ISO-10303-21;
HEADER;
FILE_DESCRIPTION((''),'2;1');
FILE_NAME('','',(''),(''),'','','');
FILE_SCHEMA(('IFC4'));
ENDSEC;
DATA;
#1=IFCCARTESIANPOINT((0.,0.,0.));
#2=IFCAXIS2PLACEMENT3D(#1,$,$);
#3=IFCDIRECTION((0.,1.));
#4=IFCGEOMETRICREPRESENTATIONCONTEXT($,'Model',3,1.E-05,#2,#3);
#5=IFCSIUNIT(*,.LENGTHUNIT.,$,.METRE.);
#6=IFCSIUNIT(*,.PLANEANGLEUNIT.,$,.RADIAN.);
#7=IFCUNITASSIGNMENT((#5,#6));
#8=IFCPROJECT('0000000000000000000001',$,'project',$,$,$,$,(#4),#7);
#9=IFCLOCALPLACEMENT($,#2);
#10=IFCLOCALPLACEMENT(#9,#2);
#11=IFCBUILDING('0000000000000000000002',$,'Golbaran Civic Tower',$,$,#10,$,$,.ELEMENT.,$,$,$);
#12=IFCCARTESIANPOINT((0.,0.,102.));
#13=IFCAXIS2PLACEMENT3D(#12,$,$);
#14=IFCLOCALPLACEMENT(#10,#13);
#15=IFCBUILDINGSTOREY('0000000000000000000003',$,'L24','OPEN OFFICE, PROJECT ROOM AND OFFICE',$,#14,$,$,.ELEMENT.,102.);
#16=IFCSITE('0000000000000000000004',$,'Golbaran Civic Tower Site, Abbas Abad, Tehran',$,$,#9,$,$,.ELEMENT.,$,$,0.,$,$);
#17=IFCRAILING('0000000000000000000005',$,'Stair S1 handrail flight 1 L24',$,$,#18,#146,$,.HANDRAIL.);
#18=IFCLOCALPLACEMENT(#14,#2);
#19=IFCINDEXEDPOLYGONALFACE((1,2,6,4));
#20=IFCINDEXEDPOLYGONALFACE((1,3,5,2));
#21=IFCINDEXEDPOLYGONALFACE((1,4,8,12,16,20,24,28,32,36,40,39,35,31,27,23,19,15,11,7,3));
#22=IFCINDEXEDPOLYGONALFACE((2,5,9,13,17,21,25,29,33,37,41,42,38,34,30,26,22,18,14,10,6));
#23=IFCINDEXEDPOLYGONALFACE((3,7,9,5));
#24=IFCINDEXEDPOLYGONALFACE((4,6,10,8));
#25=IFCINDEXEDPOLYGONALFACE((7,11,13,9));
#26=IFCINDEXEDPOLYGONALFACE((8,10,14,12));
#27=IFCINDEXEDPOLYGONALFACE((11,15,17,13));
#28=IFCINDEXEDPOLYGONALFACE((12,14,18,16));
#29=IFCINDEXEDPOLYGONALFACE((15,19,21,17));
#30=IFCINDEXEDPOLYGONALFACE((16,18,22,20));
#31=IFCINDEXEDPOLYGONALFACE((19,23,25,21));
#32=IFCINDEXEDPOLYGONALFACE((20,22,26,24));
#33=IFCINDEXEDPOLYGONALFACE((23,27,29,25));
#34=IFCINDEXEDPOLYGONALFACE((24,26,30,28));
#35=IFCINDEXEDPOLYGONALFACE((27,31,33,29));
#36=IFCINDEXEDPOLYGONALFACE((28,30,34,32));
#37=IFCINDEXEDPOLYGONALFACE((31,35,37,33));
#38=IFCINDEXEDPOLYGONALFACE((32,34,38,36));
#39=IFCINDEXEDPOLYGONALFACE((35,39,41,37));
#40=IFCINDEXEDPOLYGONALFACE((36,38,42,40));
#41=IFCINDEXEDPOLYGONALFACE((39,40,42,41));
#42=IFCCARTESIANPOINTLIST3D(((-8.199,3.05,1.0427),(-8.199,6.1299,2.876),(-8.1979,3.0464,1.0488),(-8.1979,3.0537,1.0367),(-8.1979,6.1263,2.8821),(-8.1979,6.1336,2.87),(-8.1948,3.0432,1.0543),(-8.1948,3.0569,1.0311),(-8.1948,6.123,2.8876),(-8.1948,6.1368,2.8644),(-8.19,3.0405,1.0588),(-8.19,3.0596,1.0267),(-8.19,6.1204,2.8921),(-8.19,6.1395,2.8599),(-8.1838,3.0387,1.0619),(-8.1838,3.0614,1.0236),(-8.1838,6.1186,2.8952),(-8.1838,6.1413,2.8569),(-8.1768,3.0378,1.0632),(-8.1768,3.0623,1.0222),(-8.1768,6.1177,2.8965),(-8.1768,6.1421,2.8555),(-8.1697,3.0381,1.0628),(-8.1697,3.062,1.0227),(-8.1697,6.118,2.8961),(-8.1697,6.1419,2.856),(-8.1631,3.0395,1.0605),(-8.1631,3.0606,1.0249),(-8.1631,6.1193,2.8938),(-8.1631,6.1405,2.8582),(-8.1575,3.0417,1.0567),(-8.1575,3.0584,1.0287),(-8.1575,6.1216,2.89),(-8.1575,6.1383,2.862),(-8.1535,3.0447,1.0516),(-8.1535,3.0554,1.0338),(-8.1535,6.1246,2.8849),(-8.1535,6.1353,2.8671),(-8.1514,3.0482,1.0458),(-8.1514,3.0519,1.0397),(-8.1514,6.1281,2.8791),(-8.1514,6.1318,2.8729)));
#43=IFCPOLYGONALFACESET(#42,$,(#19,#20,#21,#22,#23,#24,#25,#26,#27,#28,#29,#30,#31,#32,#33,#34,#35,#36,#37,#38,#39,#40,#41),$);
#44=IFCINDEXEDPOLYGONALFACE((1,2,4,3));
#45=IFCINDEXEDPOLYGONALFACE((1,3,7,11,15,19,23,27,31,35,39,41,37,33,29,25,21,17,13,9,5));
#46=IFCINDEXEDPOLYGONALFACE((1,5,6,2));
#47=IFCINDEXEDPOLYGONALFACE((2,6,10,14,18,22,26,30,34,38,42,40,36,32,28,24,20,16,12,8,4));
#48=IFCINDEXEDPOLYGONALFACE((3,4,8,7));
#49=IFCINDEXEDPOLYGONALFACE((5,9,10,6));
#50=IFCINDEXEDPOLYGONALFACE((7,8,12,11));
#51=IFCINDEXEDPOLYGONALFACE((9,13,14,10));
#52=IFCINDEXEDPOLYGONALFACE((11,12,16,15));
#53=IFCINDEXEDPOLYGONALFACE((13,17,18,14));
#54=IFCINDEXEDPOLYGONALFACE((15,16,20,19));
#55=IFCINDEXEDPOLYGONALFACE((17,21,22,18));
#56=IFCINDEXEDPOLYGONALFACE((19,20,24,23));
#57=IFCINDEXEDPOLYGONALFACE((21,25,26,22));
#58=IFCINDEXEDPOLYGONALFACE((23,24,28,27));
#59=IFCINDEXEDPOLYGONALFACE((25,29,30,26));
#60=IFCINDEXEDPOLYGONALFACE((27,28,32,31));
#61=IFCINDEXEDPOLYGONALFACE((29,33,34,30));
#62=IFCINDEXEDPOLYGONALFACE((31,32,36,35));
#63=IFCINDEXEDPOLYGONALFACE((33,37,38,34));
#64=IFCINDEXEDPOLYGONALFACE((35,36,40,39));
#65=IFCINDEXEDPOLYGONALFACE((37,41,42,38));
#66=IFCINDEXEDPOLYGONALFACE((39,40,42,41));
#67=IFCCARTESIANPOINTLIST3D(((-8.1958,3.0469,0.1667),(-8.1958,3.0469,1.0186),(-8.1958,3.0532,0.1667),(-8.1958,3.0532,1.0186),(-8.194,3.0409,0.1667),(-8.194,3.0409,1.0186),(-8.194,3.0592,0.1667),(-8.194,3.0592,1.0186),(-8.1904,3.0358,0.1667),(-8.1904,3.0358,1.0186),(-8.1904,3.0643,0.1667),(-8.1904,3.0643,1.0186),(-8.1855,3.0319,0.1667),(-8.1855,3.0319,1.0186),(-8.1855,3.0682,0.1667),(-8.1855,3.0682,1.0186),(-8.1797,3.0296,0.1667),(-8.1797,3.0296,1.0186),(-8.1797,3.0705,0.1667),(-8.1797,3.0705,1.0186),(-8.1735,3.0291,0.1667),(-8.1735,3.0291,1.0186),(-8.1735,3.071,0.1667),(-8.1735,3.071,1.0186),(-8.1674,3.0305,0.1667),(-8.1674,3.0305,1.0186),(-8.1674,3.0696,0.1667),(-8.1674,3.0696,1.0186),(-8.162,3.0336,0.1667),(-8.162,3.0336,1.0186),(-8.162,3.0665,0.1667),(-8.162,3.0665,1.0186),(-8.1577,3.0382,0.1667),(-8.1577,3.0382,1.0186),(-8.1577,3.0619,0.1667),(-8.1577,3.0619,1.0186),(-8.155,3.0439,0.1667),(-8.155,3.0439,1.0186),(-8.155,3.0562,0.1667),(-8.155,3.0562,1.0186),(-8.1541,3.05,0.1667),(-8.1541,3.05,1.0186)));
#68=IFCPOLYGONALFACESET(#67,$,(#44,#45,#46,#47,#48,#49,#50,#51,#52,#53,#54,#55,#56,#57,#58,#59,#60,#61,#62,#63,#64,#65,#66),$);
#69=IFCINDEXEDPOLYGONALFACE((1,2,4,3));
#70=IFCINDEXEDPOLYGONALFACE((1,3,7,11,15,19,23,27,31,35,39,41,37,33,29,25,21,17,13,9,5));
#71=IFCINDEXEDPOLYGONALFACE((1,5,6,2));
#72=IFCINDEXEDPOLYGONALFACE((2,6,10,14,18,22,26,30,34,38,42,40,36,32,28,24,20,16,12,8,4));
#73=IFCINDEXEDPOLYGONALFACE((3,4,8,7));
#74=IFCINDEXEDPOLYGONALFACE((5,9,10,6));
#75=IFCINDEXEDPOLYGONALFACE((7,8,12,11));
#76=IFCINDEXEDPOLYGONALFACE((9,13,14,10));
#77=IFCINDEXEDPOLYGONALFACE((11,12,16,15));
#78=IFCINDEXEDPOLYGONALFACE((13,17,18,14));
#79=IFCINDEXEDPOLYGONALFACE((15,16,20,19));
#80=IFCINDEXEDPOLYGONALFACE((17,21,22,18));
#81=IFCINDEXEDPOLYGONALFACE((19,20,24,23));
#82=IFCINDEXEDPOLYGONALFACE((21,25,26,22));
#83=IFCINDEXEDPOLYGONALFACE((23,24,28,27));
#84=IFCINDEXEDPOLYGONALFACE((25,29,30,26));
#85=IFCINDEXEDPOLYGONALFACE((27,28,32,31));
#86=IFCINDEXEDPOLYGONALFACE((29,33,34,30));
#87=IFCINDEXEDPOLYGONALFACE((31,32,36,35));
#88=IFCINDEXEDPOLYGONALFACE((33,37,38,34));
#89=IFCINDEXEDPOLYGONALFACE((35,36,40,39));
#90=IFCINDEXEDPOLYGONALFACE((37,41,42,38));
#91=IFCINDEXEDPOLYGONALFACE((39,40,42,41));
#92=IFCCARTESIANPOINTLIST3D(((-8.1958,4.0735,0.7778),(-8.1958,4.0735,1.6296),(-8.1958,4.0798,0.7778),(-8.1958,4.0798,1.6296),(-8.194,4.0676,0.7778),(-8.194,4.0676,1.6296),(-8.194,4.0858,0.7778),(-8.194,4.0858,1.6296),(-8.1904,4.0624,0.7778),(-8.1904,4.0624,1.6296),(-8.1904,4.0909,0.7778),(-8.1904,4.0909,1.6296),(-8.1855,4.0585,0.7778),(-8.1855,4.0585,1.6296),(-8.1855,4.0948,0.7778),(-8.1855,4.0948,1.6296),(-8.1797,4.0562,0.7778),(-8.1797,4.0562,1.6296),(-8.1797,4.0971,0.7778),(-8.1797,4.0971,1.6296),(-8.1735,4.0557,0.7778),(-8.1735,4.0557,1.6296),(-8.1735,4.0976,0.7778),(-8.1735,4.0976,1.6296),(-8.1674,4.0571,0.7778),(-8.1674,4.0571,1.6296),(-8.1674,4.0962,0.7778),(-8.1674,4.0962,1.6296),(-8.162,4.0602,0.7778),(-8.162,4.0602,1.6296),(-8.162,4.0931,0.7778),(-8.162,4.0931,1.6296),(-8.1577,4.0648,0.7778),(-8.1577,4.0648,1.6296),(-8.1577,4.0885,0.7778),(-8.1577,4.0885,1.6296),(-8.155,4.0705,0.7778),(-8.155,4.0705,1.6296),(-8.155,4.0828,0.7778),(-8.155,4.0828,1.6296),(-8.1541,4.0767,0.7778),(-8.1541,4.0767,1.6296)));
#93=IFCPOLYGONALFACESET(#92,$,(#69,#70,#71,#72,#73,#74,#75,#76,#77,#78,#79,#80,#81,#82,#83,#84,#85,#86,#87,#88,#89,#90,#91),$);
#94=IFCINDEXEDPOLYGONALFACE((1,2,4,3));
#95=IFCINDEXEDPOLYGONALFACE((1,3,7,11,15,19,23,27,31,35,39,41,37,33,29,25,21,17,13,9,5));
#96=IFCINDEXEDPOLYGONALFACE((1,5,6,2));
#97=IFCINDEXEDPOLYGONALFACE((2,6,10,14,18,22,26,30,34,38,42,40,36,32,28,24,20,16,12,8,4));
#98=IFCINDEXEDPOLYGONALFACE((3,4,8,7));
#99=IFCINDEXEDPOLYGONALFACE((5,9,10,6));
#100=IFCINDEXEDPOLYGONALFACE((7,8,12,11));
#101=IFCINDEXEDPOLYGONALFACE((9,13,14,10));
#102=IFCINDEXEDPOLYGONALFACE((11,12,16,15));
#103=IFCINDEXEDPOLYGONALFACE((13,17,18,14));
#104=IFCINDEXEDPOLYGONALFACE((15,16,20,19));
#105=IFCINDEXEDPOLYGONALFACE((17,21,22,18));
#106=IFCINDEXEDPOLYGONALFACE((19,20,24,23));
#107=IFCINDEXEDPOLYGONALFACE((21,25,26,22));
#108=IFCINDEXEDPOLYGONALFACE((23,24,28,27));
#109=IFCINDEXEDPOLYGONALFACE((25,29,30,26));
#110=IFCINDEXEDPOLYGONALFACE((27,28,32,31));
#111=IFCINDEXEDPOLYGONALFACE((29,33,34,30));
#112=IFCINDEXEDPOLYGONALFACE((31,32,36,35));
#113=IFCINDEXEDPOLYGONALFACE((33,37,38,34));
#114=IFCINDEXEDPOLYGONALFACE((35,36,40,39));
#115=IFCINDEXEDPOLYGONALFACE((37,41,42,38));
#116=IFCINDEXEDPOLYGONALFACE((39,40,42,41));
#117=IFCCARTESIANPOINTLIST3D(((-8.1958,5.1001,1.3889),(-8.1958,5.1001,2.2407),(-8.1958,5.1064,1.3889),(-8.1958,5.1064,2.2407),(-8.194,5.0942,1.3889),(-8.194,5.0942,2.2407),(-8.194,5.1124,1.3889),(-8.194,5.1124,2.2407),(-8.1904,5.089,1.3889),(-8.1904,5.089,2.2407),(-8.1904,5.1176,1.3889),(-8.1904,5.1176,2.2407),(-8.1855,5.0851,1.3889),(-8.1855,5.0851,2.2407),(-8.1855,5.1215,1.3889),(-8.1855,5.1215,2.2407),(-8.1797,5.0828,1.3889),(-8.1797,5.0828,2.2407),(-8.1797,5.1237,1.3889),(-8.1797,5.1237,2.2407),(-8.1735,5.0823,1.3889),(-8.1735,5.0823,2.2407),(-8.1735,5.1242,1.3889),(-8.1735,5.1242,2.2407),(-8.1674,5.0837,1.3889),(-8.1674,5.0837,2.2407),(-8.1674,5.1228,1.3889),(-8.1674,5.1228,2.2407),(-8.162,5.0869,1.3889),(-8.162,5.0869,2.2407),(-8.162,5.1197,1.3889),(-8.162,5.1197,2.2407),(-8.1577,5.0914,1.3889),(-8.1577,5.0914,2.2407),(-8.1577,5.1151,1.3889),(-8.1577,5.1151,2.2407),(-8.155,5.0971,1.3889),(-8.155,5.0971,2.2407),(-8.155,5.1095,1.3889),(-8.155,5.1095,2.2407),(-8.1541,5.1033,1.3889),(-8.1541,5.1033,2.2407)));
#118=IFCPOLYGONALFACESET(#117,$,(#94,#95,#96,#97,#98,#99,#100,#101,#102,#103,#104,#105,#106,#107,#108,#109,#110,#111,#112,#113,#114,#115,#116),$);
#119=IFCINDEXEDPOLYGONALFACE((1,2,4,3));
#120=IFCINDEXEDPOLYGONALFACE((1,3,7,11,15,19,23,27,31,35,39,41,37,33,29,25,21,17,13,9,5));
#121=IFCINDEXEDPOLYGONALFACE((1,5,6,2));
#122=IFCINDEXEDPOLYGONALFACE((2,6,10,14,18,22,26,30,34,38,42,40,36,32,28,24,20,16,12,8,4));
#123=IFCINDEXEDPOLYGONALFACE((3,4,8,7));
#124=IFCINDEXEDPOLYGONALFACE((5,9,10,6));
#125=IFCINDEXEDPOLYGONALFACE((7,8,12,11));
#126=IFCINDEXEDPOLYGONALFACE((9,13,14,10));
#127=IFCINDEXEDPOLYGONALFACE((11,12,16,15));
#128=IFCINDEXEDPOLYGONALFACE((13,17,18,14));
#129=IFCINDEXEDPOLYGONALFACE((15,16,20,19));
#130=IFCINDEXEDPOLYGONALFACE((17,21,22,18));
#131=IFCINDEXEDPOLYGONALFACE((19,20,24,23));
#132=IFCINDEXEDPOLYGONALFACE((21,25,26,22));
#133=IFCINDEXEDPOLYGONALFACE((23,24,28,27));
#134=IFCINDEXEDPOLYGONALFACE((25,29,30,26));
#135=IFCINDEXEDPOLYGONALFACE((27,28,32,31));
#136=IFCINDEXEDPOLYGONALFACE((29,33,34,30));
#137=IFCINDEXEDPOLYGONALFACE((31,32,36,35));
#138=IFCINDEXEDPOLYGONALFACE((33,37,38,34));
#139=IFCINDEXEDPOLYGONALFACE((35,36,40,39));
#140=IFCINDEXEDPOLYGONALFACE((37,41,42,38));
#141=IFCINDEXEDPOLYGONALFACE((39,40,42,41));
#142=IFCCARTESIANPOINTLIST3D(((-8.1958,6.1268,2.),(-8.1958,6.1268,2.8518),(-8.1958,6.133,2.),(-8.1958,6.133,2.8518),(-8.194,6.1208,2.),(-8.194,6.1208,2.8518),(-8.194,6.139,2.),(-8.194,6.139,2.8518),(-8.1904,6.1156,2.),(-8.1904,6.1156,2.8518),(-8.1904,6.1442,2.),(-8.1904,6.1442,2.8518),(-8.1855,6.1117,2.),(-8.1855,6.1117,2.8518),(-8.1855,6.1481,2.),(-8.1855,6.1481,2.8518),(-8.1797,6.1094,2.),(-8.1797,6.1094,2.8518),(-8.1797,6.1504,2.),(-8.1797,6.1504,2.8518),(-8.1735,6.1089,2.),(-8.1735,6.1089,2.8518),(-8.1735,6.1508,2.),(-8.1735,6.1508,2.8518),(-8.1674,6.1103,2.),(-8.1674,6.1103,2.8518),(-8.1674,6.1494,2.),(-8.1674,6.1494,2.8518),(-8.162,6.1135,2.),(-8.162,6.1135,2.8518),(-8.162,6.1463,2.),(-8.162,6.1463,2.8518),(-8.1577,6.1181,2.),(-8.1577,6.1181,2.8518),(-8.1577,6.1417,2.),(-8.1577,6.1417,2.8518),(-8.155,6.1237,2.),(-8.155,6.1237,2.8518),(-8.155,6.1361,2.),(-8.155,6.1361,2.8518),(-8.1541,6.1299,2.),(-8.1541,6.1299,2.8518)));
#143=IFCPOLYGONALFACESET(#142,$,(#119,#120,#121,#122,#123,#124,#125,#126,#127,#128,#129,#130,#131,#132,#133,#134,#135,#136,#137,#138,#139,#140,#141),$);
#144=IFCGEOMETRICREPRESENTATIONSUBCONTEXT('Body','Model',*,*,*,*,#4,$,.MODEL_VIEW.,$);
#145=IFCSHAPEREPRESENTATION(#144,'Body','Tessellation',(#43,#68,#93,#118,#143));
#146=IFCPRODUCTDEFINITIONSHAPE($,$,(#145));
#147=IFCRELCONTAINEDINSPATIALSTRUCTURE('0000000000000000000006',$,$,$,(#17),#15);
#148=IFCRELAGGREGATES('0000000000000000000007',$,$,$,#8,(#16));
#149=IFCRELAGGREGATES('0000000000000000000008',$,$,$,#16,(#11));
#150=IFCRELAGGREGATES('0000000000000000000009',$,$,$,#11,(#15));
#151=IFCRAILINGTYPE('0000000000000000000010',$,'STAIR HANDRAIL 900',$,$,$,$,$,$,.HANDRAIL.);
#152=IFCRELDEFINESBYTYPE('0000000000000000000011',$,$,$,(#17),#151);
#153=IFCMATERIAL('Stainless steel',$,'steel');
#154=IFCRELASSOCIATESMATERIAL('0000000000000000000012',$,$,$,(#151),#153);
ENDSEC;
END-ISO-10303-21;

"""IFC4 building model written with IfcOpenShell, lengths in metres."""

from ifc_helpers import new_model, si_unit, direction, frame, origin, origin_2d, place, context, subcontext, project, spatial, circle, extrude, material, type_object, element, save


model = new_model("IFC4")

# Units and contexts
model_context = context("Model", 3, precision=1e-05, world=origin(), true_north=direction((0.0, 1.0)))
body_context = subcontext(model_context, "Body", "Model", "MODEL_VIEW")
ifc_project = project(units=[si_unit("LENGTHUNIT", "METRE"), si_unit("PLANEANGLEUNIT", "RADIAN")], contexts=[model_context])

# Site, building, storey
site_placement = place(None, origin())
site = spatial("IfcSite", under=ifc_project, at=site_placement, Name="Golbaran Civic Tower Site, Abbas Abad, Tehran", CompositionType="ELEMENT", RefElevation=0.0)
building_placement = place(site_placement, origin())
building = spatial("IfcBuilding", under=site, at=building_placement, Name="Golbaran Civic Tower", CompositionType="ELEMENT")
storey_placement = place(building_placement, frame((0.0, 0.0, 102.0)))
storey = spatial("IfcBuildingStorey", under=building, at=storey_placement, Name="L24", Description="OPEN OFFICE, PROJECT ROOM AND OFFICE", CompositionType="ELEMENT", Elevation=102.0)

# Shared definitions
ifc_material_1 = material(Name="Stainless steel", Category="steel")

# Railing
railing_type = type_object("IfcRailingType", Name="STAIR HANDRAIL 900", PredefinedType="HANDRAIL", material=ifc_material_1)
railing_1_placement = place(storey_placement, frame((-8.175, 3.05, 0.1667)))
element("IfcRailing", 1, at=railing_1_placement, inside=storey, type_object=railing_type, Name="Stair S1 handrail flight 1 L24", PredefinedType="HANDRAIL", context=body_context, shape_type="SweptSolid", body=[
    extrude(circle(Radius=0.0239, at=origin_2d()), frame((0.0, 0.0, 0.876), z_axis=(0.0, 0.859291, 0.511487), x_axis=(-1.0, 0.0, 0.0)), (0.0, 0.0, 1.0), 3.5842),
    extrude(circle(Radius=0.021, at=origin_2d()), origin(), (0.0, 0.0, 1.0), 0.8518),
    extrude(circle(Radius=0.021, at=origin_2d()), frame((0.0, 1.0266, 0.6111)), (0.0, 0.0, 1.0), 0.8518),
    extrude(circle(Radius=0.021, at=origin_2d()), frame((0.0, 2.0532, 1.2222)), (0.0, 0.0, 1.0), 0.8518),
    extrude(circle(Radius=0.021, at=origin_2d()), frame((0.0, 3.0798, 1.8333)), (0.0, 0.0, 1.0), 0.8518),
])

save(model, "model.ifc")
